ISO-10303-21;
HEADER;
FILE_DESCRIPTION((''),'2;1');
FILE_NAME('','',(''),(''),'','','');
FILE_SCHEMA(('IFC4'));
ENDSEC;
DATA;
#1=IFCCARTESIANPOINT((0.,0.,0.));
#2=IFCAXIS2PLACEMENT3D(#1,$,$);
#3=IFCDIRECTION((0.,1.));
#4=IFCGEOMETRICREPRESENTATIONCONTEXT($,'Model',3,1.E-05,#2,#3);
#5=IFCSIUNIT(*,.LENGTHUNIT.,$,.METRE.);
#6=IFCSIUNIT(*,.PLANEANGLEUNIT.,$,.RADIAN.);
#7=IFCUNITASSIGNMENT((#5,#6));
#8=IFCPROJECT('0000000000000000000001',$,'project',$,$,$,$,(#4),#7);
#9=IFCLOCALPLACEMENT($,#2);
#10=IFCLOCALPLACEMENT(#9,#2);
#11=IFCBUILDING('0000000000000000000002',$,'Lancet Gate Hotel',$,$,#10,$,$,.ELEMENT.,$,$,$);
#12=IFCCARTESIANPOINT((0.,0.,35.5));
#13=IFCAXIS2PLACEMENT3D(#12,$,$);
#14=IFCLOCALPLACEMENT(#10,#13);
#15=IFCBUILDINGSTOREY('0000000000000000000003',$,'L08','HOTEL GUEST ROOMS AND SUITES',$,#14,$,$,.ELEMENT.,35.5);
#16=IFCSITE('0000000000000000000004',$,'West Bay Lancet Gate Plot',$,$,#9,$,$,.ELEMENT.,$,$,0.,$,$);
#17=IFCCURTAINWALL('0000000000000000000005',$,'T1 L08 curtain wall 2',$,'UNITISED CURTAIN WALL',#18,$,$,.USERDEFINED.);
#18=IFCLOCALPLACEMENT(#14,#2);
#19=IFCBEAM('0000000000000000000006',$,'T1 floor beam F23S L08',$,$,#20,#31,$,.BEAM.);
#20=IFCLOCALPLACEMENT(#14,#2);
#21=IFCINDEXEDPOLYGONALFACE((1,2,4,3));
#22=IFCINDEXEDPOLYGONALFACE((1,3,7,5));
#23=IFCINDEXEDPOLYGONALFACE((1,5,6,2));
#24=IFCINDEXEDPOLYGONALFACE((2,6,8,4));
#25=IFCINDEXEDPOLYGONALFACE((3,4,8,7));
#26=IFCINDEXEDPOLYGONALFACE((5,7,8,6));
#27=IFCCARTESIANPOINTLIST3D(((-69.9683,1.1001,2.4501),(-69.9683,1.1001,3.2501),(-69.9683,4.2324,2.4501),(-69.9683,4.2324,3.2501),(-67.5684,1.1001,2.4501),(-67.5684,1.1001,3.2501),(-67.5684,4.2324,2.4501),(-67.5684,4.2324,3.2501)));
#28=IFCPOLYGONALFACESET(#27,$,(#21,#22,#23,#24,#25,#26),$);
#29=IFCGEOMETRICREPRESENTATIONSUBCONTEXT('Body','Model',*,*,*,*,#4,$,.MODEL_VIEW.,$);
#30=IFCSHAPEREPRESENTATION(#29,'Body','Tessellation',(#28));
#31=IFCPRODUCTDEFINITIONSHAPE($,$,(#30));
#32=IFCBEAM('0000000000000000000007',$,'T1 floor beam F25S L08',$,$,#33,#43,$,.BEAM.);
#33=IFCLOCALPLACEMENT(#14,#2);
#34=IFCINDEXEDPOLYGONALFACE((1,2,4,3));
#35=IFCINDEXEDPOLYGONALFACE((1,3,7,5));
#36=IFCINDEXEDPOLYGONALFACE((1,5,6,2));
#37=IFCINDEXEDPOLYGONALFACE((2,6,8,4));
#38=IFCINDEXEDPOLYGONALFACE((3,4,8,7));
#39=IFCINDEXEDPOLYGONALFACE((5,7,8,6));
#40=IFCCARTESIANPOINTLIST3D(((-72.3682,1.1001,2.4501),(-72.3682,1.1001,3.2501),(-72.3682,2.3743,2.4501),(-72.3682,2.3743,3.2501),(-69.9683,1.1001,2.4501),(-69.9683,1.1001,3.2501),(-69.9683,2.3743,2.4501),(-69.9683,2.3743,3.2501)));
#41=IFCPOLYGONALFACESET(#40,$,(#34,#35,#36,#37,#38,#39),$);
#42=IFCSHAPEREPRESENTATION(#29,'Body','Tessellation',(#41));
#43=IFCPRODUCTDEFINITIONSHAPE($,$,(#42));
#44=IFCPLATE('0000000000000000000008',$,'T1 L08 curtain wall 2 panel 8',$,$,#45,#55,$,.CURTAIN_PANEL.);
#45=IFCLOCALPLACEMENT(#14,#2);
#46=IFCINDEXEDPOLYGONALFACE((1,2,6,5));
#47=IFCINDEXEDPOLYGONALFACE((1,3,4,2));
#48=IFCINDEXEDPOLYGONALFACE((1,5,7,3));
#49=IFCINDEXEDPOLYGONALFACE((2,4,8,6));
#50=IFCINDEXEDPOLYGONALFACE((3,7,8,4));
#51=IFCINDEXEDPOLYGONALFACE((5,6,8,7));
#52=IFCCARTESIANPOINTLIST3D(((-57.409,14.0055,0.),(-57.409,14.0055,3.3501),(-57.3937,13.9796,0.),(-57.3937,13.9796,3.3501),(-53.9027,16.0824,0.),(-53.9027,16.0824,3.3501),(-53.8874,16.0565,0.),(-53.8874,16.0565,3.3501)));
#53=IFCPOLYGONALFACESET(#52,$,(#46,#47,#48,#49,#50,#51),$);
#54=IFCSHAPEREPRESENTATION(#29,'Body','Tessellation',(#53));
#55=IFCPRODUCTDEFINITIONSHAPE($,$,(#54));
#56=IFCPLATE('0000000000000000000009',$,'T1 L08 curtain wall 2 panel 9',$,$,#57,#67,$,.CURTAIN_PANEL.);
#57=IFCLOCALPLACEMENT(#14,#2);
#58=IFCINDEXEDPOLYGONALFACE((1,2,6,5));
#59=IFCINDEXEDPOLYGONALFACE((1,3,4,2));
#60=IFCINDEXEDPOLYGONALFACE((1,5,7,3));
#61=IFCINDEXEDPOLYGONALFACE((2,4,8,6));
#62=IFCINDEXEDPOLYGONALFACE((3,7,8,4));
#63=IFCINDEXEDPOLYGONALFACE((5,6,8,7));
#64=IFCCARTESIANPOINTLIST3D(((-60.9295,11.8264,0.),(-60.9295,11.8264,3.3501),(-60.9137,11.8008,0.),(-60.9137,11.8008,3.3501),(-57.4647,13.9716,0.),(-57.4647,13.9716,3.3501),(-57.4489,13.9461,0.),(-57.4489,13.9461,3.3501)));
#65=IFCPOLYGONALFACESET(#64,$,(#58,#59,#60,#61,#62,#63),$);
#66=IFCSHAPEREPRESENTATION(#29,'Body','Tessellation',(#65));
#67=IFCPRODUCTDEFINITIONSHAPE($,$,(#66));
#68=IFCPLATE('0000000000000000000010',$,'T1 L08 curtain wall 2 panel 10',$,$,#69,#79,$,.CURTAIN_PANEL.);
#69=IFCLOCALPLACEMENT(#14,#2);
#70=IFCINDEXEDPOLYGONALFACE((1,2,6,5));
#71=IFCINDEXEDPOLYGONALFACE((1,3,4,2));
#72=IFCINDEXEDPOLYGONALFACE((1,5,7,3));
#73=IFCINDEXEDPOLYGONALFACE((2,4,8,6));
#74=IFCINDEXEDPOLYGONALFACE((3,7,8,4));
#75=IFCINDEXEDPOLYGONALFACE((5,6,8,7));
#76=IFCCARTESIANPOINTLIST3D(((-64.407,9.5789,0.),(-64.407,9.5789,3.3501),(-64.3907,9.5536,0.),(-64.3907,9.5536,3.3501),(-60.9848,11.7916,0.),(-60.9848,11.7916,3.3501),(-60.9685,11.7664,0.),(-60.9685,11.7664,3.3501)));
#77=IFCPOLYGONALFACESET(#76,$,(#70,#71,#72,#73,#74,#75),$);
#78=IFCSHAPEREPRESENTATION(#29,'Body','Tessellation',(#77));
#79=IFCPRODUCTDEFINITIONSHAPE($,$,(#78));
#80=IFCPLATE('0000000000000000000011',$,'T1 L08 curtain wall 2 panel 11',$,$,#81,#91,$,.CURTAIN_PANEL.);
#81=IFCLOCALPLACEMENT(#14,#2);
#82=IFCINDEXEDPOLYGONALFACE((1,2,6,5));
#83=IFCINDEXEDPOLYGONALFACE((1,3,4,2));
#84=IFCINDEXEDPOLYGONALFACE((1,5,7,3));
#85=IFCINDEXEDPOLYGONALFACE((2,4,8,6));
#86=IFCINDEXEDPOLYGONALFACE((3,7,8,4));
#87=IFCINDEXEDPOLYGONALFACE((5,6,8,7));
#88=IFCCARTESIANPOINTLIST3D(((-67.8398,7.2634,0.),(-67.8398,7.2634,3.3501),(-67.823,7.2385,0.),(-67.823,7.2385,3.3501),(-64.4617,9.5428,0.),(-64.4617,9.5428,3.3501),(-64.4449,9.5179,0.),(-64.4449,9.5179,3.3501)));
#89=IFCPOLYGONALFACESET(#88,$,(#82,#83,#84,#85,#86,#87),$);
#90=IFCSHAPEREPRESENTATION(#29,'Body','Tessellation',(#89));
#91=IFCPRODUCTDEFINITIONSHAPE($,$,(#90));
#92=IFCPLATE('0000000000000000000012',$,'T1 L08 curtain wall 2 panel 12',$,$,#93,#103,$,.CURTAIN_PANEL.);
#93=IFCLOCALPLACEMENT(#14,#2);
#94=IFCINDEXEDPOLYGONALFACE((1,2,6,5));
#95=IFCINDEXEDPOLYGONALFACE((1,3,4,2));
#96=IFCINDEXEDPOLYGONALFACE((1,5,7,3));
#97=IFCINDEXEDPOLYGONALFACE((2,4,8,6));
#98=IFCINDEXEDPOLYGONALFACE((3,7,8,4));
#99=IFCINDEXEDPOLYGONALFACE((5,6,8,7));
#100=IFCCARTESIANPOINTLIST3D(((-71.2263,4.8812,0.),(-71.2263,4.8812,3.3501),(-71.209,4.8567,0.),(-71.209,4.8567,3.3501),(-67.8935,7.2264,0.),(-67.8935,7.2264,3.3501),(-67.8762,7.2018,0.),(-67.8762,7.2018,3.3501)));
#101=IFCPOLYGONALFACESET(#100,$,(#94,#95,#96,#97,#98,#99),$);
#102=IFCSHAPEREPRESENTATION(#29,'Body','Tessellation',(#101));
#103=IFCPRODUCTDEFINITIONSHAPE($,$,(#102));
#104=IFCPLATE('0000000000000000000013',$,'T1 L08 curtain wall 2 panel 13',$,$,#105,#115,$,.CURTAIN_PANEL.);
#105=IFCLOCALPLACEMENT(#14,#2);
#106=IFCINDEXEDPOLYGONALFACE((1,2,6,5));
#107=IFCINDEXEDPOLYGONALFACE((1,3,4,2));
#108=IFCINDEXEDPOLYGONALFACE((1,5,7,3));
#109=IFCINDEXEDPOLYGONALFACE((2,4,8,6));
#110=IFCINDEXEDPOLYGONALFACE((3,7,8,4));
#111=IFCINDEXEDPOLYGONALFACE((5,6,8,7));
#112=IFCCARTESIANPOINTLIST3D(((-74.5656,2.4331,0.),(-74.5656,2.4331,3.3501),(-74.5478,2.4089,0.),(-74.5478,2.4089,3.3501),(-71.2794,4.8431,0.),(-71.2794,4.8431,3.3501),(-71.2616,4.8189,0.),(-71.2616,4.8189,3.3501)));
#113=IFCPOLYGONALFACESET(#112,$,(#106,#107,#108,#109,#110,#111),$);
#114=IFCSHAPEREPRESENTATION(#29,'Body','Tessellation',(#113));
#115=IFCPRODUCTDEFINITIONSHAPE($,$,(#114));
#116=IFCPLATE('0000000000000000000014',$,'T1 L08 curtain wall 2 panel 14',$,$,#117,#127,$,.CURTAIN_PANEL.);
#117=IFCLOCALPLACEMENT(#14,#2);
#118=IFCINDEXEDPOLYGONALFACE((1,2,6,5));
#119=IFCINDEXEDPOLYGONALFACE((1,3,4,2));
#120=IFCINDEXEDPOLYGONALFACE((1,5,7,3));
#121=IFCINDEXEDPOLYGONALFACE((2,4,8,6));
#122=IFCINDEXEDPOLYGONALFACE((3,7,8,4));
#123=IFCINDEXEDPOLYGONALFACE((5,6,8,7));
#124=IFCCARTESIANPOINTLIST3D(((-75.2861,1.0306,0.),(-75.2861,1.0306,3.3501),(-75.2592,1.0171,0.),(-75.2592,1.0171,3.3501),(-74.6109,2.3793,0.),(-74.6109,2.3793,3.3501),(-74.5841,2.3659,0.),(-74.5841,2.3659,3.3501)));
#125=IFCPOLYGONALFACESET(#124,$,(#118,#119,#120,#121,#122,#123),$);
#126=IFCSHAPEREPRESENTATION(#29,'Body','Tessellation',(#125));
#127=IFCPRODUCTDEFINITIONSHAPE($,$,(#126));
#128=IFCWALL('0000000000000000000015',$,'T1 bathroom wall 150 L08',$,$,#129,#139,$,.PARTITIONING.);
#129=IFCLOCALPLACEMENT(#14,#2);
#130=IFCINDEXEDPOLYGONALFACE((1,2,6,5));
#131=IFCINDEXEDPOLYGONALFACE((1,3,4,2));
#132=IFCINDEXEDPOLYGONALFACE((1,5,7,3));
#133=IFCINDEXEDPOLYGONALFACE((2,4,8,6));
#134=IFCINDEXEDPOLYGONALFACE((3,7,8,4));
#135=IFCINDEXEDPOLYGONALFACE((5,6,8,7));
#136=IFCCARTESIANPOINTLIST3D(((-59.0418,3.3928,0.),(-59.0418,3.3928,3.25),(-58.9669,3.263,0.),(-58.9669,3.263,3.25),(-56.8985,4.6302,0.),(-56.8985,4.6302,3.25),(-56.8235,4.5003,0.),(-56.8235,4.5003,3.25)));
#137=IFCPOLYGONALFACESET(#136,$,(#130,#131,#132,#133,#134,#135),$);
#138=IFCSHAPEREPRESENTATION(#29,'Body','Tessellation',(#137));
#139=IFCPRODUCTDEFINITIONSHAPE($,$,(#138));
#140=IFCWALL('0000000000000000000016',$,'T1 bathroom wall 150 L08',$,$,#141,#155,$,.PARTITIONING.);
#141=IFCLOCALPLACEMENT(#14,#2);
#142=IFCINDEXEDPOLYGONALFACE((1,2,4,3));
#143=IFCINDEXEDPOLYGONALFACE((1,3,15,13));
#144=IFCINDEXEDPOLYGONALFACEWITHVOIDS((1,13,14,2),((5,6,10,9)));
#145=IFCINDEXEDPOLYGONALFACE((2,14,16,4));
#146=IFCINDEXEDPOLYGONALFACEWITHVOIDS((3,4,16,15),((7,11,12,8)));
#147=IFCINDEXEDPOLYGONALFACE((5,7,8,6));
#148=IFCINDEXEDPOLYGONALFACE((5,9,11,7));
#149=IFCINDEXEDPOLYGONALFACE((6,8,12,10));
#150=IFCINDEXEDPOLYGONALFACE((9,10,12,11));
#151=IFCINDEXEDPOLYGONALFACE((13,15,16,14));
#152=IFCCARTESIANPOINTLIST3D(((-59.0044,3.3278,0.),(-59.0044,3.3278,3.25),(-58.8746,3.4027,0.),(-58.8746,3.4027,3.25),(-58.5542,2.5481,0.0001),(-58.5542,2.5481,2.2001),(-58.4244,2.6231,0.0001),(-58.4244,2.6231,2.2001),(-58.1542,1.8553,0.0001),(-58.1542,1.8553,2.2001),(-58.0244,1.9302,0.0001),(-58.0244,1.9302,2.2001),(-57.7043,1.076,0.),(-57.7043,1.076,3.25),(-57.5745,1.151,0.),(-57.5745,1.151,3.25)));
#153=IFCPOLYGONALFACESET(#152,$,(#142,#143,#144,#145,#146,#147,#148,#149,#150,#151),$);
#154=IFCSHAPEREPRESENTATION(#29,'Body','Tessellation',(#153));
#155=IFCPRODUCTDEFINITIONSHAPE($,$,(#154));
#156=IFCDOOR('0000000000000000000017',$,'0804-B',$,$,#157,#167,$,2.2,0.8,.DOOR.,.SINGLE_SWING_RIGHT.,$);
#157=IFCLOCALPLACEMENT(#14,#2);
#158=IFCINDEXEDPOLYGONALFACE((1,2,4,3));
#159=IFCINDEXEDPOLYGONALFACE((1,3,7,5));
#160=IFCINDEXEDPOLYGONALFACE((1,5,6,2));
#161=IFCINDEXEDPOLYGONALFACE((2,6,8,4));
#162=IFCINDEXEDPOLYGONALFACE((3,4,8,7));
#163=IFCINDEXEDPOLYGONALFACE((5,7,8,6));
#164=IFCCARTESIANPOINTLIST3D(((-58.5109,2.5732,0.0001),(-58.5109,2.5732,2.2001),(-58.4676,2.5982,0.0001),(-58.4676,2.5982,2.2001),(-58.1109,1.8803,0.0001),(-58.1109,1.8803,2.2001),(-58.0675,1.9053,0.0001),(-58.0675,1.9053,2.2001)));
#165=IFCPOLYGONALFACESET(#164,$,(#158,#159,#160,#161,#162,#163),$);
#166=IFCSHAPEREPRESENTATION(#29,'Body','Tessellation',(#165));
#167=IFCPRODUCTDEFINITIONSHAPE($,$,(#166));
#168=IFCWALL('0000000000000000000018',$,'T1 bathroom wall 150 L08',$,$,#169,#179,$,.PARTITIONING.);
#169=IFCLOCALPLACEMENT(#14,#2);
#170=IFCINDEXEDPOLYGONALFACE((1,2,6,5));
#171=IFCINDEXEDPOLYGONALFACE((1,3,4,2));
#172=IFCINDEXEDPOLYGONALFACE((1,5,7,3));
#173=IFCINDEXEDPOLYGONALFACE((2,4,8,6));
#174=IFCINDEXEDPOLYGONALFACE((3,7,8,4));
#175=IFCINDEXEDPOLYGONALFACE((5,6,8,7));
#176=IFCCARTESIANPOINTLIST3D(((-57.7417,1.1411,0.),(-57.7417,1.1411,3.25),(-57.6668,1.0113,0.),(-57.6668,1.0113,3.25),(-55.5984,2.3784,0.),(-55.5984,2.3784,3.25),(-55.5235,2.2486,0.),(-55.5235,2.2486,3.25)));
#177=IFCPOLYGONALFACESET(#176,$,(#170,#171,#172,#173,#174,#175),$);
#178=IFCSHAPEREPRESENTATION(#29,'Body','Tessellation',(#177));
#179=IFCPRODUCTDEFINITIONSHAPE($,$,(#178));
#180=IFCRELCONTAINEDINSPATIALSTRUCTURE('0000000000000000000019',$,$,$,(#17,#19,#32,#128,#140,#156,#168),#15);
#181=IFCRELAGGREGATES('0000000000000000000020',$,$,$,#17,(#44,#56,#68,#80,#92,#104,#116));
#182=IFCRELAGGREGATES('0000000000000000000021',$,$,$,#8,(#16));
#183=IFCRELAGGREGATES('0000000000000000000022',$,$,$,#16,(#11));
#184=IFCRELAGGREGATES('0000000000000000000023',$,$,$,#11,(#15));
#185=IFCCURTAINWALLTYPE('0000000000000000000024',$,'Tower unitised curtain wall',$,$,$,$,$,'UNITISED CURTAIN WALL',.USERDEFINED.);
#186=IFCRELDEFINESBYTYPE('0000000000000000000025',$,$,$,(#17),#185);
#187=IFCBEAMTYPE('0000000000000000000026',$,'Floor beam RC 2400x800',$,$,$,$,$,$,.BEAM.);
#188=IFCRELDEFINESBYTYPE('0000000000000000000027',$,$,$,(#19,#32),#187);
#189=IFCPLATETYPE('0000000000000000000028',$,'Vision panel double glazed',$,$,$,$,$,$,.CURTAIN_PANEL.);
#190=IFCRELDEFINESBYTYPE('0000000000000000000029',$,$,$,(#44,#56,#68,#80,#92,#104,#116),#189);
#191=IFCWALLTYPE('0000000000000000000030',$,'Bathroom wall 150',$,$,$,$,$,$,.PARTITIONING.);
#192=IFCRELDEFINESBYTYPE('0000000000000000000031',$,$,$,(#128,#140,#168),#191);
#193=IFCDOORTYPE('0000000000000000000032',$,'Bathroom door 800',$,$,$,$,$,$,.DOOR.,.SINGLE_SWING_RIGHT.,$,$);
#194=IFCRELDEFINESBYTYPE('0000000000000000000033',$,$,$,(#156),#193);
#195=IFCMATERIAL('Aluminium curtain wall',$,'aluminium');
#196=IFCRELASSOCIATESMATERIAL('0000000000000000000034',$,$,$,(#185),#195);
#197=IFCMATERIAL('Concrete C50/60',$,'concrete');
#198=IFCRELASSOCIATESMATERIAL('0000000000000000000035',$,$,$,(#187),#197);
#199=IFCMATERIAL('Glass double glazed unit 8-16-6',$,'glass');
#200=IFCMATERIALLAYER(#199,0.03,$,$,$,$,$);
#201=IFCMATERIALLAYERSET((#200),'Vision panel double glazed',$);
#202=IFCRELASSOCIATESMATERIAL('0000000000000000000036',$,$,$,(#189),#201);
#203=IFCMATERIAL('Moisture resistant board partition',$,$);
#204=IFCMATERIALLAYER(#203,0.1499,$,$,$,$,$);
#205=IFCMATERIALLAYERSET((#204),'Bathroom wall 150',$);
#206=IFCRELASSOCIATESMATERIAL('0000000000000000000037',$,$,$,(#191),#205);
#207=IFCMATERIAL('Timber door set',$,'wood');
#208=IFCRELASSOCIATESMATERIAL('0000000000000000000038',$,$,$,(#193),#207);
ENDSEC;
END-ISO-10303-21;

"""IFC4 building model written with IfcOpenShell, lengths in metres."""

from ifc_helpers import new_model, si_unit, direction, frame, frame_2d, origin, origin_2d, place, context, subcontext, project, spatial, rectangle, extrude, material, layer, layer_set, material_profile, profile_set, type_object, element, fill, aggregate, save


model = new_model("IFC4")

# Units and contexts
model_context = context("Model", 3, precision=1e-05, world=origin(), true_north=direction((0.0, 1.0)))
body_context = subcontext(model_context, "Body", "Model", "MODEL_VIEW")
ifc_project = project(units=[si_unit("LENGTHUNIT", "METRE"), si_unit("PLANEANGLEUNIT", "RADIAN")], contexts=[model_context])

# Site, building, storey
site_placement = place(None, origin())
site = spatial("IfcSite", under=ifc_project, at=site_placement, Name="West Bay Lancet Gate Plot", CompositionType="ELEMENT", RefElevation=0.0)
building_placement = place(site_placement, origin())
building = spatial("IfcBuilding", under=site, at=building_placement, Name="Lancet Gate Hotel", CompositionType="ELEMENT")
storey_placement = place(building_placement, frame((0.0, 0.0, 35.5)))
storey = spatial("IfcBuildingStorey", under=building, at=storey_placement, Name="L08", Description="HOTEL GUEST ROOMS AND SUITES", CompositionType="ELEMENT", Elevation=35.5)

# Curtain wall
ifc_material_1 = material(Name="Aluminium curtain wall", Category="aluminium")
curtain_wall_type = type_object("IfcCurtainWallType", Name="Tower unitised curtain wall", ElementType="UNITISED CURTAIN WALL", PredefinedType="USERDEFINED", material=ifc_material_1)
curtain_wall_placement = place(storey_placement, origin())
curtain_wall = element("IfcCurtainWall", 1, at=curtain_wall_placement, inside=storey, type_object=curtain_wall_type, Name="T1 L08 curtain wall 2", ObjectType="UNITISED CURTAIN WALL", PredefinedType="USERDEFINED")

# Beams
ifc_material_2 = material(Name="Concrete C50/60", Category="concrete")
ifc_material_profile_1 = material_profile(ifc_material_2, rectangle(XDim=2.3999, YDim=0.8, at=origin_2d()), Name="RC 2400x800")
ifc_profile_set_1 = profile_set([ifc_material_profile_1], Name="Concrete C50/60")
beam_type_1 = type_object("IfcBeamType", Name="Floor beam RC 2400x800", PredefinedType="BEAM", material=ifc_profile_set_1)
beam_1_placement = place(storey_placement, frame((-68.7683, 4.2324, 2.8501), z_axis=(0.0, -1.0, 0.0), x_axis=(1.0, 0.0, 0.0)))
element("IfcBeam", 2, at=beam_1_placement, inside=storey, type_object=beam_type_1, Name="T1 floor beam F23S L08", PredefinedType="BEAM", context=body_context, shape_type="SweptSolid", body=[
    extrude(rectangle(XDim=2.3999, YDim=0.8, at=origin_2d()), origin(), (0.0, 0.0, 1.0), 3.1323),
])
beam_2_placement = place(storey_placement, frame((-71.1682, 2.3743, 2.8501), z_axis=(0.0, -1.0, 0.0), x_axis=(1.0, 0.0, 0.0)))
element("IfcBeam", 3, at=beam_2_placement, inside=storey, type_object=beam_type_1, Name="T1 floor beam F25S L08", PredefinedType="BEAM", context=body_context, shape_type="SweptSolid", body=[
    extrude(rectangle(XDim=2.3999, YDim=0.8, at=origin_2d()), origin(), (0.0, 0.0, 1.0), 1.2742),
])

# Plates
ifc_material_3 = material(Name="Glass double glazed unit 8-16-6", Category="glass")
ifc_layer_1 = layer(ifc_material_3, 0.03)
ifc_layer_set_1 = layer_set([ifc_layer_1], Name="Vision panel double glazed")
plate_type = type_object("IfcPlateType", Name="Vision panel double glazed", PredefinedType="CURTAIN_PANEL", material=ifc_layer_set_1)
plate_1_placement = place(storey_placement, frame((-55.6482, 15.031, 0.0), z_axis=(0.0, 0.0, 1.0), x_axis=(-0.860382, -0.50965, 0.0)))
plate_1 = element("IfcPlate", 4, at=plate_1_placement, type_object=plate_type, Name="T1 L08 curtain wall 2 panel 8", PredefinedType="CURTAIN_PANEL", context=body_context, shape_type="SweptSolid", body=[
    extrude(rectangle(XDim=4.0752, YDim=0.03, at=origin_2d()), origin(), (0.0, 0.0, 1.0), 3.3501),
])
plate_2_placement = place(storey_placement, frame((-59.1892, 12.8862, 0.0), z_axis=(0.0, 0.0, 1.0), x_axis=(-0.850229, -0.526414, 0.0)))
plate_2 = element("IfcPlate", 5, at=plate_2_placement, type_object=plate_type, Name="T1 L08 curtain wall 2 panel 9", PredefinedType="CURTAIN_PANEL", context=body_context, shape_type="SweptSolid", body=[
    extrude(rectangle(XDim=4.0752, YDim=0.03, at=origin_2d()), origin(), (0.0, 0.0, 1.0), 3.3501),
])
plate_3_placement = place(storey_placement, frame((-62.6877, 10.6726, 0.0), z_axis=(0.0, 0.0, 1.0), x_axis=(-0.839749, -0.542975, 0.0)))
plate_3 = element("IfcPlate", 6, at=plate_3_placement, type_object=plate_type, Name="T1 L08 curtain wall 2 panel 10", PredefinedType="CURTAIN_PANEL", context=body_context, shape_type="SweptSolid", body=[
    extrude(rectangle(XDim=4.0752, YDim=0.03, at=origin_2d()), origin(), (0.0, 0.0, 1.0), 3.3501),
])
plate_4_placement = place(storey_placement, frame((-66.1423, 8.3906, 0.0), z_axis=(0.0, 0.0, 1.0), x_axis=(-0.828946, -0.559329, 0.0)))
plate_4 = element("IfcPlate", 7, at=plate_4_placement, type_object=plate_type, Name="T1 L08 curtain wall 2 panel 11", PredefinedType="CURTAIN_PANEL", context=body_context, shape_type="SweptSolid", body=[
    extrude(rectangle(XDim=4.0752, YDim=0.03, at=origin_2d()), origin(), (0.0, 0.0, 1.0), 3.3501),
])
plate_5_placement = place(storey_placement, frame((-69.5513, 6.0415, 0.0), z_axis=(0.0, 0.0, 1.0), x_axis=(-0.817825, -0.575467, 0.0)))
plate_5 = element("IfcPlate", 8, at=plate_5_placement, type_object=plate_type, Name="T1 L08 curtain wall 2 panel 12", PredefinedType="CURTAIN_PANEL", context=body_context, shape_type="SweptSolid", body=[
    extrude(rectangle(XDim=4.0752, YDim=0.03, at=origin_2d()), origin(), (0.0, 0.0, 1.0), 3.3501),
])
plate_6_placement = place(storey_placement, frame((-72.9136, 3.626, 0.0), z_axis=(0.0, 0.0, 1.0), x_axis=(-0.80639, -0.591384, 0.0)))
plate_6 = element("IfcPlate", 9, at=plate_6_placement, type_object=plate_type, Name="T1 L08 curtain wall 2 panel 13", PredefinedType="CURTAIN_PANEL", context=body_context, shape_type="SweptSolid", body=[
    extrude(rectangle(XDim=4.0752, YDim=0.03, at=origin_2d()), origin(), (0.0, 0.0, 1.0), 3.3501),
])
plate_7_placement = place(storey_placement, frame((-74.9351, 1.6982, 0.0), z_axis=(0.0, 0.0, 1.0), x_axis=(-0.447628, -0.89422, 0.0)))
plate_7 = element("IfcPlate", 10, at=plate_7_placement, type_object=plate_type, Name="T1 L08 curtain wall 2 panel 14", PredefinedType="CURTAIN_PANEL", context=body_context, shape_type="SweptSolid", body=[
    extrude(rectangle(XDim=1.5083, YDim=0.03, at=origin_2d()), origin(), (0.0, 0.0, 1.0), 3.3501),
])
aggregate(curtain_wall, [plate_1, plate_2, plate_3, plate_4, plate_5, plate_6, plate_7])

# Wall
ifc_material_4 = material(Name="Moisture resistant board partition")
ifc_layer_2 = layer(ifc_material_4, 0.1499)
ifc_layer_set_2 = layer_set([ifc_layer_2], Name="Bathroom wall 150")
wall_type_1 = type_object("IfcWallType", Name="Bathroom wall 150", PredefinedType="PARTITIONING", material=ifc_layer_set_2)
wall_1_placement = place(storey_placement, frame((-56.8611, 4.5652, 0.0), z_axis=(0.0, 0.0, 1.0), x_axis=(-0.866049, -0.499959, 0.0)))
element("IfcWall", 11, at=wall_1_placement, inside=storey, type_object=wall_type_1, Name="T1 bathroom wall 150 L08", PredefinedType="PARTITIONING", context=body_context, shape_type="SweptSolid", body=[
    extrude(rectangle(XDim=2.4749, YDim=0.1499, at=frame_2d((1.2373, 0.0))), origin(), (0.0, 0.0, 1.0), 3.25),
])

# Wall, opening, door
wall_2_placement = place(storey_placement, frame((-57.6394, 1.1135, 0.0), z_axis=(0.0, 0.0, 1.0), x_axis=(-0.500007, 0.866021, 0.0)))
wall_2 = element("IfcWall", 12, at=wall_2_placement, inside=storey, type_object=wall_type_1, Name="T1 bathroom wall 150 L08", PredefinedType="PARTITIONING", context=body_context, shape_type="SweptSolid", body=[
    extrude(rectangle(XDim=2.6001, YDim=0.1499, at=frame_2d((1.3, 0.0))), origin(), (0.0, 0.0, 1.0), 3.25),
])
opening_placement = place(wall_2_placement, frame((0.8999, 0.0, 0.0)))
opening = element("IfcOpeningElement", 13, at=opening_placement, cuts=wall_2, PredefinedType="OPENING", context=body_context, shape_type="SweptSolid", body=[
    extrude(rectangle(XDim=0.8, YDim=2.2, at=frame_2d((0.3999, 1.1001))), frame((0.0, 0.085, 0.0), z_axis=(0.0, -1.0, 0.0), x_axis=(1.0, 0.0, 0.0)), (0.0, 0.0, 1.0), 0.1699),
])
ifc_material_5 = material(Name="Timber door set", Category="wood")
door_type = type_object("IfcDoorType", Name="Bathroom door 800", OperationType="SINGLE_SWING_RIGHT", PredefinedType="DOOR", material=ifc_material_5)
door_placement = place(opening_placement, origin())
door = element("IfcDoor", 14, at=door_placement, inside=storey, type_object=door_type, Name="0804-B", OperationType="SINGLE_SWING_RIGHT", OverallHeight=2.2, OverallWidth=0.8, PredefinedType="DOOR", context=body_context, shape_type="SweptSolid", body=[
    extrude(rectangle(XDim=0.8, YDim=2.2, at=frame_2d((0.3999, 1.1001))), frame((0.0, 0.0249, 0.0), z_axis=(0.0, -1.0, 0.0), x_axis=(1.0, 0.0, 0.0)), (0.0, 0.0, 1.0), 0.05),
])
fill(opening, door)

# Wall
wall_3_placement = place(storey_placement, frame((-55.561, 2.3135, 0.0), z_axis=(0.0, 0.0, 1.0), x_axis=(-0.866049, -0.499959, 0.0)))
element("IfcWall", 15, at=wall_3_placement, inside=storey, type_object=wall_type_1, Name="T1 bathroom wall 150 L08", PredefinedType="PARTITIONING", context=body_context, shape_type="SweptSolid", body=[
    extrude(rectangle(XDim=2.4749, YDim=0.1499, at=frame_2d((1.2373, 0.0))), origin(), (0.0, 0.0, 1.0), 3.25),
])

save(model, "model.ifc")
